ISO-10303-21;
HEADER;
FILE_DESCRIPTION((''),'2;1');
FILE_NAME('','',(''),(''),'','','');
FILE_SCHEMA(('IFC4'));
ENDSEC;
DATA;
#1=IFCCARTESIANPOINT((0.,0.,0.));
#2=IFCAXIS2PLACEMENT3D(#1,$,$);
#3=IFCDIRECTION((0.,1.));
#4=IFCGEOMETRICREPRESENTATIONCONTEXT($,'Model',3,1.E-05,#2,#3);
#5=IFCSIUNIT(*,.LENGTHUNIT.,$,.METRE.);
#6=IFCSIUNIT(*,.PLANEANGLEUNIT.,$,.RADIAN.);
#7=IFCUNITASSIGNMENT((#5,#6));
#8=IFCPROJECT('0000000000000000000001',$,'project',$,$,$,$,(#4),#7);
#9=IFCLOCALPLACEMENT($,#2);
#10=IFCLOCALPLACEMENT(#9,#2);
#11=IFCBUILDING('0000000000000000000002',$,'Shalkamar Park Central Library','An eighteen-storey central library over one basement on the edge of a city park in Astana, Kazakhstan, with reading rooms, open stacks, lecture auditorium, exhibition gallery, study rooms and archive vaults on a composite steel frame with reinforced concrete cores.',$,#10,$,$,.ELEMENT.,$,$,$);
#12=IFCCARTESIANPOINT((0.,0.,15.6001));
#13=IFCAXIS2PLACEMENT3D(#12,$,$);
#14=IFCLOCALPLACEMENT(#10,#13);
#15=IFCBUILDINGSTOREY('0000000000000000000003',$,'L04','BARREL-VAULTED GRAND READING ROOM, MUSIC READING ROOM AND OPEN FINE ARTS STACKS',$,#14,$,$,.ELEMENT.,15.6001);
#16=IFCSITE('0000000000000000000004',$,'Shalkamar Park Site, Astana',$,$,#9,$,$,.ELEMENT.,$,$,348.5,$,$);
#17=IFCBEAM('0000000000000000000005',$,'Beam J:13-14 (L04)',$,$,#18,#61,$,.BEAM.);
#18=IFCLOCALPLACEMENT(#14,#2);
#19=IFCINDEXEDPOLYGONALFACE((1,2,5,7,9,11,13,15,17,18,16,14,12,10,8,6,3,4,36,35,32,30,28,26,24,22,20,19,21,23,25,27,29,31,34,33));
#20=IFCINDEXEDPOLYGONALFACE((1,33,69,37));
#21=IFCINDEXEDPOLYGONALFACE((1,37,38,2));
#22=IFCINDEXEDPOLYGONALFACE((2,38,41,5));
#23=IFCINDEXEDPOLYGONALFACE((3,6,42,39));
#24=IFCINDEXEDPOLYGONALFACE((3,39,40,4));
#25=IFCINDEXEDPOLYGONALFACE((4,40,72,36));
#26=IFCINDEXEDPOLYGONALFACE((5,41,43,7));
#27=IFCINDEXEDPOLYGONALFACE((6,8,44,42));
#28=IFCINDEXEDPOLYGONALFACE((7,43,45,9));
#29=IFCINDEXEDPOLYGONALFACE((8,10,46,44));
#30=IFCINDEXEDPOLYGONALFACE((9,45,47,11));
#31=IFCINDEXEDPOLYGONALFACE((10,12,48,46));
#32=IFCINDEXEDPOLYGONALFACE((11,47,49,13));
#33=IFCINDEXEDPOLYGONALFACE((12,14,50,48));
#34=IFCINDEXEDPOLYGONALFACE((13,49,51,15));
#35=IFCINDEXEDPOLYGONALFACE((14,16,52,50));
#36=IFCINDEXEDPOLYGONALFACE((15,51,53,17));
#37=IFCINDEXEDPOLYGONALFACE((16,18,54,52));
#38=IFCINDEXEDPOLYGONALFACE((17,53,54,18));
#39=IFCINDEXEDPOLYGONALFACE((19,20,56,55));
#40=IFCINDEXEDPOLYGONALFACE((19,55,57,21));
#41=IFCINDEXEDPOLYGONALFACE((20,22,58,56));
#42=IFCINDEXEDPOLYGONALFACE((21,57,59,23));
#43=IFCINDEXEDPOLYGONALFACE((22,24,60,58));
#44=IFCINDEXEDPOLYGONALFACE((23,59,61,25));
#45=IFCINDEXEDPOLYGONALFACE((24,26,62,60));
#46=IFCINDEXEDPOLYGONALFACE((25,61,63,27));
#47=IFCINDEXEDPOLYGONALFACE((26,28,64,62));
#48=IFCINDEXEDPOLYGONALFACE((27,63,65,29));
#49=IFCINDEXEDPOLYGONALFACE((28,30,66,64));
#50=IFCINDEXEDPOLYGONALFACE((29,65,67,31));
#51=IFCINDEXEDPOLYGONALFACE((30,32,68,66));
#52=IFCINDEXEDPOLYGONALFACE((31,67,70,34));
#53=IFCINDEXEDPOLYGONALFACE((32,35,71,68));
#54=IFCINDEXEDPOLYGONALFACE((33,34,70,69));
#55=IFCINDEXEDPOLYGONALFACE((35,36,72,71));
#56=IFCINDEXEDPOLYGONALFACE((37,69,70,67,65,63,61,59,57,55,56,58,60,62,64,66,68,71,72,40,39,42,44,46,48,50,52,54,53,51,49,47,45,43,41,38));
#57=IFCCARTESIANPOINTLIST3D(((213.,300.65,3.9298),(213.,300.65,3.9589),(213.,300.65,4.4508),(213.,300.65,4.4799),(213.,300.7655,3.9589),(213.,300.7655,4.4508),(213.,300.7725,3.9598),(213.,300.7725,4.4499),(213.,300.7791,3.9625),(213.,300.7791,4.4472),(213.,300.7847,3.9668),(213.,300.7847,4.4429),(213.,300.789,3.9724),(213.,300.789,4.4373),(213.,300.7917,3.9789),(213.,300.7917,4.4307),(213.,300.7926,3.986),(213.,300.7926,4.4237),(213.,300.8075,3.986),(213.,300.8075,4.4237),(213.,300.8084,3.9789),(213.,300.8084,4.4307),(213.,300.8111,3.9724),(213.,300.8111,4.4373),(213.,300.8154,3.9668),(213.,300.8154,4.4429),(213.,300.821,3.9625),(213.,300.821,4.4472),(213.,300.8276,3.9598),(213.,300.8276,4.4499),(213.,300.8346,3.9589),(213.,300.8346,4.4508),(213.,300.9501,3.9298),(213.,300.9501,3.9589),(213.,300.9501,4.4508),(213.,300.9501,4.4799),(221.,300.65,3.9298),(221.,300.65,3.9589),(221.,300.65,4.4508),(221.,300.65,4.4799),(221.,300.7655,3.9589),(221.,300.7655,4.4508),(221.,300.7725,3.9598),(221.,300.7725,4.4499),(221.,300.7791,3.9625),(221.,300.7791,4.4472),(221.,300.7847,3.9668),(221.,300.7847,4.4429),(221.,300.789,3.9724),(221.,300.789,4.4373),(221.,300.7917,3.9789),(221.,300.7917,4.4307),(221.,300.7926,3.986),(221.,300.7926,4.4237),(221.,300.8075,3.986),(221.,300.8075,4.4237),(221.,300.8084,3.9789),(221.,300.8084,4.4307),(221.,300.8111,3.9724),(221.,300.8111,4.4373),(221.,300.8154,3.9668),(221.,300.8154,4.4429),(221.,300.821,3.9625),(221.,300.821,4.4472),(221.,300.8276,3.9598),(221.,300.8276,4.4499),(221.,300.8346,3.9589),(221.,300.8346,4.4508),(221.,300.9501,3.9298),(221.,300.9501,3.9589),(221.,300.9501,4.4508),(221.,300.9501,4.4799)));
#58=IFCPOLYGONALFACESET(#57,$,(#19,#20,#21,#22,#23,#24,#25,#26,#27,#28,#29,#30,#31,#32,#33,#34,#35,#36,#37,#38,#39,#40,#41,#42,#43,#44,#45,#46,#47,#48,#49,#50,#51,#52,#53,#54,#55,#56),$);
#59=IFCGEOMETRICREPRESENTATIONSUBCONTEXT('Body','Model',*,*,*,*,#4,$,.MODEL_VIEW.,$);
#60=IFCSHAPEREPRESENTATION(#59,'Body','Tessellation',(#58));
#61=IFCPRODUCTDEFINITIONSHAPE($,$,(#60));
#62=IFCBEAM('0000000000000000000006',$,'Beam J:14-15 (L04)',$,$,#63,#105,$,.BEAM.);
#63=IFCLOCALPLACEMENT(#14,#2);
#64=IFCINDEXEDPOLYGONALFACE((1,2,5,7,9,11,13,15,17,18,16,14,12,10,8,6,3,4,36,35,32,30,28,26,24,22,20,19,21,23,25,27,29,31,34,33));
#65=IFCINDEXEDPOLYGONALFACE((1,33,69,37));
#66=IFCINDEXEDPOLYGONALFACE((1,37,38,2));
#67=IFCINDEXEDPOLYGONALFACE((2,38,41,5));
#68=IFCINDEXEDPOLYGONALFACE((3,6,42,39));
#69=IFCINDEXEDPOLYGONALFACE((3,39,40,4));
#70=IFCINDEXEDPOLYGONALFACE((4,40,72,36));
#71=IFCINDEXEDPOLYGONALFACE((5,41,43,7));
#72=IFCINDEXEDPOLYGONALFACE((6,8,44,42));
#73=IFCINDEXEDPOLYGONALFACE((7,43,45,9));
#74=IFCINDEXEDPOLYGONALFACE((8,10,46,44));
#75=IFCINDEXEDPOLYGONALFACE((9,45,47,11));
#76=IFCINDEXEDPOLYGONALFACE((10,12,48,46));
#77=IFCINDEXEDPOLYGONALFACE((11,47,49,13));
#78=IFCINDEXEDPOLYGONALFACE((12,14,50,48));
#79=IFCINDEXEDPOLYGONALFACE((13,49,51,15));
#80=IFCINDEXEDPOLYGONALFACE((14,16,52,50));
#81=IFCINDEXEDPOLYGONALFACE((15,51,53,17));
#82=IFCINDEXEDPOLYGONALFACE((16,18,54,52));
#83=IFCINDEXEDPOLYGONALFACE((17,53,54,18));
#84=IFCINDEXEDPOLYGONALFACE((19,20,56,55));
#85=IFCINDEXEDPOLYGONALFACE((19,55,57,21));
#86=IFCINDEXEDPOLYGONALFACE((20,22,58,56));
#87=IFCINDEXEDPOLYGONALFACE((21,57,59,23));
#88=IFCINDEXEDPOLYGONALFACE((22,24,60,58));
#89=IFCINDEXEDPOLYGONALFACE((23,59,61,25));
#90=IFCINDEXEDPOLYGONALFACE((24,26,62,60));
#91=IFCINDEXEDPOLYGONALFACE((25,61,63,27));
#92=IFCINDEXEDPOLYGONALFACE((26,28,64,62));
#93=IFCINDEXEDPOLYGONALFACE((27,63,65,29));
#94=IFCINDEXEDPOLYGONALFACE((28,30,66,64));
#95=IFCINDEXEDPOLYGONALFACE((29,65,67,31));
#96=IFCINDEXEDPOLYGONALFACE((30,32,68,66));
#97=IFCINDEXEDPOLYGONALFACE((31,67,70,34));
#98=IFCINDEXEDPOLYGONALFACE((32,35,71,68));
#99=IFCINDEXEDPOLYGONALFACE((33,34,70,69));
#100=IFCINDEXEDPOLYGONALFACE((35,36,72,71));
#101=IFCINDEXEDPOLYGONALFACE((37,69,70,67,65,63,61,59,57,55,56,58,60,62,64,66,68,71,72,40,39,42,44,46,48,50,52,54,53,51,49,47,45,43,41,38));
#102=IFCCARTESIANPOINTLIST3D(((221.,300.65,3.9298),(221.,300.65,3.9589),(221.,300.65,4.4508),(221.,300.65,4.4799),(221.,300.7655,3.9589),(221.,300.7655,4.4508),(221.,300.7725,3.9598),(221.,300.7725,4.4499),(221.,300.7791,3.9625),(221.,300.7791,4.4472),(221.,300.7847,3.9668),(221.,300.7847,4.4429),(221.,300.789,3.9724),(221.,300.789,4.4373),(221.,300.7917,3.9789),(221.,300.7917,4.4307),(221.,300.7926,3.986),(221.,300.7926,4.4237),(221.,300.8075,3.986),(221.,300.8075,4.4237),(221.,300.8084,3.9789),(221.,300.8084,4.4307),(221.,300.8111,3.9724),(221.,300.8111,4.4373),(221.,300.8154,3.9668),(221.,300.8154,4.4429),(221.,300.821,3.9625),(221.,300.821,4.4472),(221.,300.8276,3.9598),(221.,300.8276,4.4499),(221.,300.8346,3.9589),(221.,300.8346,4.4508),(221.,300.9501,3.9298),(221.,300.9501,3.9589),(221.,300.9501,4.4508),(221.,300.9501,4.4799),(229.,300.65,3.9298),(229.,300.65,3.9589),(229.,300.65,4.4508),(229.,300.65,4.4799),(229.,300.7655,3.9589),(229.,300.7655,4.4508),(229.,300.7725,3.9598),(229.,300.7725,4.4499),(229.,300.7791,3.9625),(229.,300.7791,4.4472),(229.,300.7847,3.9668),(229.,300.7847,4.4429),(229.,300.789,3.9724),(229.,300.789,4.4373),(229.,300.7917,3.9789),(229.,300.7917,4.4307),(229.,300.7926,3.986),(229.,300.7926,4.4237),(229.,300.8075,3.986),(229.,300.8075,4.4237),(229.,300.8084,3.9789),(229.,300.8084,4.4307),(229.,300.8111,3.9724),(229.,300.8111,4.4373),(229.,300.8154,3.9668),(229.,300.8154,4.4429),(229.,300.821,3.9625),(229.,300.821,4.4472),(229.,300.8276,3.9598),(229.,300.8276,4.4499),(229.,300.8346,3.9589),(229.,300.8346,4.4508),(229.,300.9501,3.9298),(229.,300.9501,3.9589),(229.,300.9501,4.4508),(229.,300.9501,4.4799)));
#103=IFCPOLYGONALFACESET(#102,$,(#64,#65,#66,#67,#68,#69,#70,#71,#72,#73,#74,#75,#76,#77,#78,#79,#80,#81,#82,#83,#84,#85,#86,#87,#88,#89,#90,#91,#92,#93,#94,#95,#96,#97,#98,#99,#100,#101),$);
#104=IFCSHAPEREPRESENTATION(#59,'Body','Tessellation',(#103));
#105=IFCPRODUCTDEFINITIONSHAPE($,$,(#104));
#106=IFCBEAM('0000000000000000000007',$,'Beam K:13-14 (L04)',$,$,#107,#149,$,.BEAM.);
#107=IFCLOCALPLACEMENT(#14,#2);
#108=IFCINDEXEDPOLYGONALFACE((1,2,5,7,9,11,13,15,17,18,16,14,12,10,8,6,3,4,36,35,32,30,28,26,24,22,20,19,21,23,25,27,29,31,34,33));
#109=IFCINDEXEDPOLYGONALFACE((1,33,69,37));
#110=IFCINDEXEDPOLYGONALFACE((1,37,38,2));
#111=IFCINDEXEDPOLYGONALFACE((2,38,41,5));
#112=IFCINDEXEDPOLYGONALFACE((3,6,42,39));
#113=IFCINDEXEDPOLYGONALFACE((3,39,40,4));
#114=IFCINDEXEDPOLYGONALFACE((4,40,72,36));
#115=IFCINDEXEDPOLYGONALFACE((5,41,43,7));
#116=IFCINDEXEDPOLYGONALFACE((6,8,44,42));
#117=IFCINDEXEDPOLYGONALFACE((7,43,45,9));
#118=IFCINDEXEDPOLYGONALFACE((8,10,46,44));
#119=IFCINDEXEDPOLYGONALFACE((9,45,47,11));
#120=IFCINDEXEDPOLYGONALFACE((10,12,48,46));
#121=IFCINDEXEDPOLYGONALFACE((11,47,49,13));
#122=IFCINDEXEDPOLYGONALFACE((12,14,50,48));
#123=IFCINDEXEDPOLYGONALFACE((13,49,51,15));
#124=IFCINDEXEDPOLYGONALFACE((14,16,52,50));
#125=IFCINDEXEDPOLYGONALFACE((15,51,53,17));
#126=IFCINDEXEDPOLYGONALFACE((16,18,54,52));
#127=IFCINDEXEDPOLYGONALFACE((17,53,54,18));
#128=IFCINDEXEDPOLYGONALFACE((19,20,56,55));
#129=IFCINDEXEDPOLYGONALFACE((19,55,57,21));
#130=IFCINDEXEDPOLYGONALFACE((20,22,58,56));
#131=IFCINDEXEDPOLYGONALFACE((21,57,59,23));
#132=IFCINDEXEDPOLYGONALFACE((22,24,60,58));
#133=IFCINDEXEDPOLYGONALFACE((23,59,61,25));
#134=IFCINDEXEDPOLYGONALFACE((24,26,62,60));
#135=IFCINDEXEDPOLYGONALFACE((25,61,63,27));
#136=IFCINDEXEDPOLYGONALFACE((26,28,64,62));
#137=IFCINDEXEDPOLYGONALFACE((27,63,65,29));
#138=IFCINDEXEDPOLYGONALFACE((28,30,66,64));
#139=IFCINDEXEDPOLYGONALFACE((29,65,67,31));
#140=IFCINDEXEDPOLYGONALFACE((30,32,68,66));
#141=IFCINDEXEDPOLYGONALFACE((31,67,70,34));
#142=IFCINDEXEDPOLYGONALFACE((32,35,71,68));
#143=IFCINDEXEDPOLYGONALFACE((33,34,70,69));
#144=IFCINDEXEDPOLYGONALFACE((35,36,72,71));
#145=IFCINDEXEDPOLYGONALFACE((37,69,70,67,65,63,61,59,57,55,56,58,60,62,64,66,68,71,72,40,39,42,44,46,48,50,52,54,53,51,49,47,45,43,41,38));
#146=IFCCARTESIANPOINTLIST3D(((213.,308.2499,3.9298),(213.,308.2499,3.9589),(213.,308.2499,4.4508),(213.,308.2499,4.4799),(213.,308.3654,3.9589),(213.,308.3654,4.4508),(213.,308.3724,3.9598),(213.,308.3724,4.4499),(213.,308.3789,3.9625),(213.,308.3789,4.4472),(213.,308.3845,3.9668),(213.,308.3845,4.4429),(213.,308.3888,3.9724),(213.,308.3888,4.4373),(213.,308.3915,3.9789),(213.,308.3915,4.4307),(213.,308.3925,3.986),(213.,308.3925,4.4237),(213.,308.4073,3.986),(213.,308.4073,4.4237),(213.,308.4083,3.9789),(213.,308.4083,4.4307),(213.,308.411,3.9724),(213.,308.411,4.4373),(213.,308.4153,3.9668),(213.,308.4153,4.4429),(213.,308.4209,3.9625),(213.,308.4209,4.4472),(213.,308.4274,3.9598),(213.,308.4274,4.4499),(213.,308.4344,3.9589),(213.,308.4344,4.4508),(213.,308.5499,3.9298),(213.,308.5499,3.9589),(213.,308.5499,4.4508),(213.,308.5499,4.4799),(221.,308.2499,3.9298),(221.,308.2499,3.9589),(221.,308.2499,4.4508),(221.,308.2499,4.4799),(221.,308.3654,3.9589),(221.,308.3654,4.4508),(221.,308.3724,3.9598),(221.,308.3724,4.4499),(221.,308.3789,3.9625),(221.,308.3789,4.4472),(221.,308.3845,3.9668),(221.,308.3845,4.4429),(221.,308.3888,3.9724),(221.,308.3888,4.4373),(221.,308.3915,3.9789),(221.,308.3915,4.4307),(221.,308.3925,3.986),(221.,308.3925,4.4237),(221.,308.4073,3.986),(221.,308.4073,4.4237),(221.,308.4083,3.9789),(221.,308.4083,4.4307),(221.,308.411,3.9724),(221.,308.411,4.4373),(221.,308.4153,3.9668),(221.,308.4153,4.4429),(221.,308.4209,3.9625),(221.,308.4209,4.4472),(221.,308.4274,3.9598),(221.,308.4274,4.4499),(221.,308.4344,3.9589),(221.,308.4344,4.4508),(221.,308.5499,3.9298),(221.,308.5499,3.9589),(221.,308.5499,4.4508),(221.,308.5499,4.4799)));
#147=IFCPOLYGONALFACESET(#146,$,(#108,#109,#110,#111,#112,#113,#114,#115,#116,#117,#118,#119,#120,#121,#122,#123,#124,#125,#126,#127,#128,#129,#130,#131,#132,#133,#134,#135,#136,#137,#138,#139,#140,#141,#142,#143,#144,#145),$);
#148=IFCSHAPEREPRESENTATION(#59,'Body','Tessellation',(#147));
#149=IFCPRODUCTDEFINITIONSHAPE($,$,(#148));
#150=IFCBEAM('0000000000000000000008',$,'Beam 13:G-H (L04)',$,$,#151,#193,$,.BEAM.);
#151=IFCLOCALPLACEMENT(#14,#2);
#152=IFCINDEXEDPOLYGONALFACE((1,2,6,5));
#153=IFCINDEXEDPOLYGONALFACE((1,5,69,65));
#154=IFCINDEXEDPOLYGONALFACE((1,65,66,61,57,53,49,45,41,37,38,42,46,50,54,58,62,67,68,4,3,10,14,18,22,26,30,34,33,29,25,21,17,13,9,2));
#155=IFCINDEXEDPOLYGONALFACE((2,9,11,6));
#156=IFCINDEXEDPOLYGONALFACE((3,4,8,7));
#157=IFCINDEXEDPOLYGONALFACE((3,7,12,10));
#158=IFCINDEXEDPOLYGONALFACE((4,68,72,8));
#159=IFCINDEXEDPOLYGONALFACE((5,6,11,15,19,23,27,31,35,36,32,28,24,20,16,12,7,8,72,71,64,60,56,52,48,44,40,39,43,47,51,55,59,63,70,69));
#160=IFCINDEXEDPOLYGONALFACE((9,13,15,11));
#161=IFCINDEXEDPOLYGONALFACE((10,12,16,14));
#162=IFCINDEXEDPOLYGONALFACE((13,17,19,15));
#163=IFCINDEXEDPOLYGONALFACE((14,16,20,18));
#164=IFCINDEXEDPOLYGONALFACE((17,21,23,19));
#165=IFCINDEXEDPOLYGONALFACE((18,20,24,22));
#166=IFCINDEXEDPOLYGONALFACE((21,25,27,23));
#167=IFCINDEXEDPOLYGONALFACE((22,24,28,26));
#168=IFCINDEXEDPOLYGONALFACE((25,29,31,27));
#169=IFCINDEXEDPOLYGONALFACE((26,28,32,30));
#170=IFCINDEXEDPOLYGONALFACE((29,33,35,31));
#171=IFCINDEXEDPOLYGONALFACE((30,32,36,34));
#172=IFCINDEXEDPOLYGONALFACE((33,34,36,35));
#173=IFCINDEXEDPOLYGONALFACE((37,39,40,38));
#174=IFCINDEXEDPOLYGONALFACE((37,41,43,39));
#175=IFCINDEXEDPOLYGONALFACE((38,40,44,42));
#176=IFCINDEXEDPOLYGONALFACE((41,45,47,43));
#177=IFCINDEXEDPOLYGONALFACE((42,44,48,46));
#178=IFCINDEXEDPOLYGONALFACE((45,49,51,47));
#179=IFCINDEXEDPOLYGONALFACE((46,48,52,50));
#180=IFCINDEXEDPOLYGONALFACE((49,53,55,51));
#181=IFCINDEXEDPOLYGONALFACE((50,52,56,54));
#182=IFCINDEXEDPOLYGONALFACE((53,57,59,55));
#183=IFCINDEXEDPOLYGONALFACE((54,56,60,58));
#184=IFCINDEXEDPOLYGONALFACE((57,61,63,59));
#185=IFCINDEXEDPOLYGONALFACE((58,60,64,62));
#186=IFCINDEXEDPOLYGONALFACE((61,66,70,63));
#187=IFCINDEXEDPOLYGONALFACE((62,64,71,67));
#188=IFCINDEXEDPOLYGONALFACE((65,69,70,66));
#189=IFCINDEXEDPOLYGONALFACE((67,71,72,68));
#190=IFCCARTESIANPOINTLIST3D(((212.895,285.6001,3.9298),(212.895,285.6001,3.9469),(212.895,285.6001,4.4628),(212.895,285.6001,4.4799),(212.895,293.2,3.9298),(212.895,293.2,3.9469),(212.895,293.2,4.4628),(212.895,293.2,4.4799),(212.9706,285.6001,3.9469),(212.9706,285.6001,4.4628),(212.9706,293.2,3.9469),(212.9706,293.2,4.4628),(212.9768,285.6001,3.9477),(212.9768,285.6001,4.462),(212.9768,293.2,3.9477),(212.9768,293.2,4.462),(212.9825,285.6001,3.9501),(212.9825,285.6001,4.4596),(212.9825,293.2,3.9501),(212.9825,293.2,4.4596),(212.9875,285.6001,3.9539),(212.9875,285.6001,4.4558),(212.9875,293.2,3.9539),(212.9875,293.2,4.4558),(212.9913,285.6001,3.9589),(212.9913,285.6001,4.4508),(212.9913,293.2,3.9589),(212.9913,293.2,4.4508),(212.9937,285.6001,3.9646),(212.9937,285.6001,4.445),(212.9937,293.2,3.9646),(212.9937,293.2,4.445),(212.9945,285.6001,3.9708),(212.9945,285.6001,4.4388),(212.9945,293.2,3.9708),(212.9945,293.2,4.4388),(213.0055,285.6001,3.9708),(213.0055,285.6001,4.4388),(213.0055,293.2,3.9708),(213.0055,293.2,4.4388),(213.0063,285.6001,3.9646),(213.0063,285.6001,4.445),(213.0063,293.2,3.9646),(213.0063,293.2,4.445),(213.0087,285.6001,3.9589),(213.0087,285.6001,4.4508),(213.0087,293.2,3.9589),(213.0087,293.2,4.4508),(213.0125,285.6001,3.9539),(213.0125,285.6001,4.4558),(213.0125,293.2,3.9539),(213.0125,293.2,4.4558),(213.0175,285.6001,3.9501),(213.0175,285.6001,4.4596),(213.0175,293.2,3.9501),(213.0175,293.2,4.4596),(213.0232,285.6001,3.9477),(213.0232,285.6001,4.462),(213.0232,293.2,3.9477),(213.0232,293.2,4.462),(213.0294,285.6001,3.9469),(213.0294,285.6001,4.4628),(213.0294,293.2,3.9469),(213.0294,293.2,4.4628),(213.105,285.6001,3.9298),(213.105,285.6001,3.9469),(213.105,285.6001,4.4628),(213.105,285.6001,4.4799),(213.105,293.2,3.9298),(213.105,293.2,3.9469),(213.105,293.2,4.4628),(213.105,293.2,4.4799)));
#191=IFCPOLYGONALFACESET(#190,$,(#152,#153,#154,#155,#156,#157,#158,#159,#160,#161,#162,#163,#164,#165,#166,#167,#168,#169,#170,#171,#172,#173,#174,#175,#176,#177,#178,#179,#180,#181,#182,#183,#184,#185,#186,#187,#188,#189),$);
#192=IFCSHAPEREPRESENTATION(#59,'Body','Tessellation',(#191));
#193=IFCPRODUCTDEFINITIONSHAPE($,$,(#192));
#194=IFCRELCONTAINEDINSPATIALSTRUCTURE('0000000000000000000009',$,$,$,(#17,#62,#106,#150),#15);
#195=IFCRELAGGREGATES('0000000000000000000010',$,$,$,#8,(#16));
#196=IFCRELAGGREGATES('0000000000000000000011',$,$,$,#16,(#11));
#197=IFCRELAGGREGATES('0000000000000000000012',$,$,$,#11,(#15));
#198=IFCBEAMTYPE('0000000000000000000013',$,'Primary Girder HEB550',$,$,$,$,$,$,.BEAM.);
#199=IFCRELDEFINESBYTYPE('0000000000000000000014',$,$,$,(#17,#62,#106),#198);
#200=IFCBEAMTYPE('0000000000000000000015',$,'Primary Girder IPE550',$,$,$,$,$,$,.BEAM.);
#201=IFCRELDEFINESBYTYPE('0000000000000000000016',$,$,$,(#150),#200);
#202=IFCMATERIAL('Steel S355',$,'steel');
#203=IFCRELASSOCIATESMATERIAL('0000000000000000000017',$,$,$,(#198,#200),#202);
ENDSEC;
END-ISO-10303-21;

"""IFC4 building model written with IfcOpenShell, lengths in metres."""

from ifc_helpers import new_model, si_unit, direction, frame, origin, origin_2d, place, context, subcontext, project, spatial, i_section, extrude, material, material_profile, profile_set, type_object, element, save


model = new_model("IFC4")

# Units and contexts
model_context = context("Model", 3, precision=1e-05, world=origin(), true_north=direction((0.0, 1.0)))
body_context = subcontext(model_context, "Body", "Model", "MODEL_VIEW")
ifc_project = project(units=[si_unit("LENGTHUNIT", "METRE"), si_unit("PLANEANGLEUNIT", "RADIAN")], contexts=[model_context])

# Site, building, storey
site_placement = place(None, origin())
site = spatial("IfcSite", under=ifc_project, at=site_placement, Name="Shalkamar Park Site, Astana", CompositionType="ELEMENT", RefElevation=348.5)
building_placement = place(site_placement, origin())
building = spatial("IfcBuilding", under=site, at=building_placement, Name="Shalkamar Park Central Library", Description="An eighteen-storey central library over one basement on the edge of a city park in Astana, Kazakhstan, with reading rooms, open stacks, lecture auditorium, exhibition gallery, study rooms and archive vaults on a composite steel frame with reinforced concrete cores.", CompositionType="ELEMENT")
storey_placement = place(building_placement, frame((0.0, 0.0, 15.6001)))
storey = spatial("IfcBuildingStorey", under=building, at=storey_placement, Name="L04", Description="BARREL-VAULTED GRAND READING ROOM, MUSIC READING ROOM AND OPEN FINE ARTS STACKS", CompositionType="ELEMENT", Elevation=15.6001)

# Shared definitions
ifc_material_1 = material(Name="Steel S355", Category="steel")

# Beams
ifc_material_profile_1 = material_profile(ifc_material_1, i_section(OverallWidth=0.3, OverallDepth=0.55, WebThickness=0.0149, FlangeThickness=0.0291, FilletRadius=0.0271, at=origin_2d()), Name="HEB 550")
ifc_profile_set_1 = profile_set([ifc_material_profile_1], Name="Steel S355")
beam_type_1 = type_object("IfcBeamType", Name="Primary Girder HEB550", PredefinedType="BEAM", material=ifc_profile_set_1)
for number, where, z_axis, x_axis, name in (
    (1, (213.0, 300.8, 4.2048), (1.0, 0.0, 0.0), (0.0, 1.0, 0.0), "Beam J:13-14 (L04)"),
    (2, (221.0, 300.8, 4.2048), (1.0, 0.0, 0.0), (0.0, 1.0, 0.0), "Beam J:14-15 (L04)"),
    (3, (213.0, 308.3999, 4.2048), (1.0, 0.0, 0.0), (0.0, 1.0, 0.0), "Beam K:13-14 (L04)"),
):
    element("IfcBeam", number, at=place(storey_placement, frame(where, z_axis=z_axis, x_axis=x_axis)), inside=storey, type_object=beam_type_1, Name=name, PredefinedType="BEAM", context=body_context, shape_type="SweptSolid", body=[
        extrude(i_section(OverallWidth=0.3, OverallDepth=0.55, WebThickness=0.0149, FlangeThickness=0.0291, FilletRadius=0.0271, at=origin_2d()), origin(), (0.0, 0.0, 1.0), 8.0),
    ])
ifc_material_profile_2 = material_profile(ifc_material_1, i_section(OverallWidth=0.21, OverallDepth=0.55, WebThickness=0.011, FlangeThickness=0.0171, FilletRadius=0.0239, at=origin_2d()), Name="IPE 550")
ifc_profile_set_2 = profile_set([ifc_material_profile_2], Name="Steel S355")
beam_type_2 = type_object("IfcBeamType", Name="Primary Girder IPE550", PredefinedType="BEAM", material=ifc_profile_set_2)
beam_1_placement = place(storey_placement, frame((213.0, 285.6001, 4.2048), z_axis=(0.0, 1.0, 0.0), x_axis=(-1.0, 0.0, 0.0)))
element("IfcBeam", 4, at=beam_1_placement, inside=storey, type_object=beam_type_2, Name="Beam 13:G-H (L04)", PredefinedType="BEAM", context=body_context, shape_type="SweptSolid", body=[
    extrude(i_section(OverallWidth=0.21, OverallDepth=0.55, WebThickness=0.011, FlangeThickness=0.0171, FilletRadius=0.0239, at=origin_2d()), origin(), (0.0, 0.0, 1.0), 7.5999),
])

save(model, "model.ifc")
